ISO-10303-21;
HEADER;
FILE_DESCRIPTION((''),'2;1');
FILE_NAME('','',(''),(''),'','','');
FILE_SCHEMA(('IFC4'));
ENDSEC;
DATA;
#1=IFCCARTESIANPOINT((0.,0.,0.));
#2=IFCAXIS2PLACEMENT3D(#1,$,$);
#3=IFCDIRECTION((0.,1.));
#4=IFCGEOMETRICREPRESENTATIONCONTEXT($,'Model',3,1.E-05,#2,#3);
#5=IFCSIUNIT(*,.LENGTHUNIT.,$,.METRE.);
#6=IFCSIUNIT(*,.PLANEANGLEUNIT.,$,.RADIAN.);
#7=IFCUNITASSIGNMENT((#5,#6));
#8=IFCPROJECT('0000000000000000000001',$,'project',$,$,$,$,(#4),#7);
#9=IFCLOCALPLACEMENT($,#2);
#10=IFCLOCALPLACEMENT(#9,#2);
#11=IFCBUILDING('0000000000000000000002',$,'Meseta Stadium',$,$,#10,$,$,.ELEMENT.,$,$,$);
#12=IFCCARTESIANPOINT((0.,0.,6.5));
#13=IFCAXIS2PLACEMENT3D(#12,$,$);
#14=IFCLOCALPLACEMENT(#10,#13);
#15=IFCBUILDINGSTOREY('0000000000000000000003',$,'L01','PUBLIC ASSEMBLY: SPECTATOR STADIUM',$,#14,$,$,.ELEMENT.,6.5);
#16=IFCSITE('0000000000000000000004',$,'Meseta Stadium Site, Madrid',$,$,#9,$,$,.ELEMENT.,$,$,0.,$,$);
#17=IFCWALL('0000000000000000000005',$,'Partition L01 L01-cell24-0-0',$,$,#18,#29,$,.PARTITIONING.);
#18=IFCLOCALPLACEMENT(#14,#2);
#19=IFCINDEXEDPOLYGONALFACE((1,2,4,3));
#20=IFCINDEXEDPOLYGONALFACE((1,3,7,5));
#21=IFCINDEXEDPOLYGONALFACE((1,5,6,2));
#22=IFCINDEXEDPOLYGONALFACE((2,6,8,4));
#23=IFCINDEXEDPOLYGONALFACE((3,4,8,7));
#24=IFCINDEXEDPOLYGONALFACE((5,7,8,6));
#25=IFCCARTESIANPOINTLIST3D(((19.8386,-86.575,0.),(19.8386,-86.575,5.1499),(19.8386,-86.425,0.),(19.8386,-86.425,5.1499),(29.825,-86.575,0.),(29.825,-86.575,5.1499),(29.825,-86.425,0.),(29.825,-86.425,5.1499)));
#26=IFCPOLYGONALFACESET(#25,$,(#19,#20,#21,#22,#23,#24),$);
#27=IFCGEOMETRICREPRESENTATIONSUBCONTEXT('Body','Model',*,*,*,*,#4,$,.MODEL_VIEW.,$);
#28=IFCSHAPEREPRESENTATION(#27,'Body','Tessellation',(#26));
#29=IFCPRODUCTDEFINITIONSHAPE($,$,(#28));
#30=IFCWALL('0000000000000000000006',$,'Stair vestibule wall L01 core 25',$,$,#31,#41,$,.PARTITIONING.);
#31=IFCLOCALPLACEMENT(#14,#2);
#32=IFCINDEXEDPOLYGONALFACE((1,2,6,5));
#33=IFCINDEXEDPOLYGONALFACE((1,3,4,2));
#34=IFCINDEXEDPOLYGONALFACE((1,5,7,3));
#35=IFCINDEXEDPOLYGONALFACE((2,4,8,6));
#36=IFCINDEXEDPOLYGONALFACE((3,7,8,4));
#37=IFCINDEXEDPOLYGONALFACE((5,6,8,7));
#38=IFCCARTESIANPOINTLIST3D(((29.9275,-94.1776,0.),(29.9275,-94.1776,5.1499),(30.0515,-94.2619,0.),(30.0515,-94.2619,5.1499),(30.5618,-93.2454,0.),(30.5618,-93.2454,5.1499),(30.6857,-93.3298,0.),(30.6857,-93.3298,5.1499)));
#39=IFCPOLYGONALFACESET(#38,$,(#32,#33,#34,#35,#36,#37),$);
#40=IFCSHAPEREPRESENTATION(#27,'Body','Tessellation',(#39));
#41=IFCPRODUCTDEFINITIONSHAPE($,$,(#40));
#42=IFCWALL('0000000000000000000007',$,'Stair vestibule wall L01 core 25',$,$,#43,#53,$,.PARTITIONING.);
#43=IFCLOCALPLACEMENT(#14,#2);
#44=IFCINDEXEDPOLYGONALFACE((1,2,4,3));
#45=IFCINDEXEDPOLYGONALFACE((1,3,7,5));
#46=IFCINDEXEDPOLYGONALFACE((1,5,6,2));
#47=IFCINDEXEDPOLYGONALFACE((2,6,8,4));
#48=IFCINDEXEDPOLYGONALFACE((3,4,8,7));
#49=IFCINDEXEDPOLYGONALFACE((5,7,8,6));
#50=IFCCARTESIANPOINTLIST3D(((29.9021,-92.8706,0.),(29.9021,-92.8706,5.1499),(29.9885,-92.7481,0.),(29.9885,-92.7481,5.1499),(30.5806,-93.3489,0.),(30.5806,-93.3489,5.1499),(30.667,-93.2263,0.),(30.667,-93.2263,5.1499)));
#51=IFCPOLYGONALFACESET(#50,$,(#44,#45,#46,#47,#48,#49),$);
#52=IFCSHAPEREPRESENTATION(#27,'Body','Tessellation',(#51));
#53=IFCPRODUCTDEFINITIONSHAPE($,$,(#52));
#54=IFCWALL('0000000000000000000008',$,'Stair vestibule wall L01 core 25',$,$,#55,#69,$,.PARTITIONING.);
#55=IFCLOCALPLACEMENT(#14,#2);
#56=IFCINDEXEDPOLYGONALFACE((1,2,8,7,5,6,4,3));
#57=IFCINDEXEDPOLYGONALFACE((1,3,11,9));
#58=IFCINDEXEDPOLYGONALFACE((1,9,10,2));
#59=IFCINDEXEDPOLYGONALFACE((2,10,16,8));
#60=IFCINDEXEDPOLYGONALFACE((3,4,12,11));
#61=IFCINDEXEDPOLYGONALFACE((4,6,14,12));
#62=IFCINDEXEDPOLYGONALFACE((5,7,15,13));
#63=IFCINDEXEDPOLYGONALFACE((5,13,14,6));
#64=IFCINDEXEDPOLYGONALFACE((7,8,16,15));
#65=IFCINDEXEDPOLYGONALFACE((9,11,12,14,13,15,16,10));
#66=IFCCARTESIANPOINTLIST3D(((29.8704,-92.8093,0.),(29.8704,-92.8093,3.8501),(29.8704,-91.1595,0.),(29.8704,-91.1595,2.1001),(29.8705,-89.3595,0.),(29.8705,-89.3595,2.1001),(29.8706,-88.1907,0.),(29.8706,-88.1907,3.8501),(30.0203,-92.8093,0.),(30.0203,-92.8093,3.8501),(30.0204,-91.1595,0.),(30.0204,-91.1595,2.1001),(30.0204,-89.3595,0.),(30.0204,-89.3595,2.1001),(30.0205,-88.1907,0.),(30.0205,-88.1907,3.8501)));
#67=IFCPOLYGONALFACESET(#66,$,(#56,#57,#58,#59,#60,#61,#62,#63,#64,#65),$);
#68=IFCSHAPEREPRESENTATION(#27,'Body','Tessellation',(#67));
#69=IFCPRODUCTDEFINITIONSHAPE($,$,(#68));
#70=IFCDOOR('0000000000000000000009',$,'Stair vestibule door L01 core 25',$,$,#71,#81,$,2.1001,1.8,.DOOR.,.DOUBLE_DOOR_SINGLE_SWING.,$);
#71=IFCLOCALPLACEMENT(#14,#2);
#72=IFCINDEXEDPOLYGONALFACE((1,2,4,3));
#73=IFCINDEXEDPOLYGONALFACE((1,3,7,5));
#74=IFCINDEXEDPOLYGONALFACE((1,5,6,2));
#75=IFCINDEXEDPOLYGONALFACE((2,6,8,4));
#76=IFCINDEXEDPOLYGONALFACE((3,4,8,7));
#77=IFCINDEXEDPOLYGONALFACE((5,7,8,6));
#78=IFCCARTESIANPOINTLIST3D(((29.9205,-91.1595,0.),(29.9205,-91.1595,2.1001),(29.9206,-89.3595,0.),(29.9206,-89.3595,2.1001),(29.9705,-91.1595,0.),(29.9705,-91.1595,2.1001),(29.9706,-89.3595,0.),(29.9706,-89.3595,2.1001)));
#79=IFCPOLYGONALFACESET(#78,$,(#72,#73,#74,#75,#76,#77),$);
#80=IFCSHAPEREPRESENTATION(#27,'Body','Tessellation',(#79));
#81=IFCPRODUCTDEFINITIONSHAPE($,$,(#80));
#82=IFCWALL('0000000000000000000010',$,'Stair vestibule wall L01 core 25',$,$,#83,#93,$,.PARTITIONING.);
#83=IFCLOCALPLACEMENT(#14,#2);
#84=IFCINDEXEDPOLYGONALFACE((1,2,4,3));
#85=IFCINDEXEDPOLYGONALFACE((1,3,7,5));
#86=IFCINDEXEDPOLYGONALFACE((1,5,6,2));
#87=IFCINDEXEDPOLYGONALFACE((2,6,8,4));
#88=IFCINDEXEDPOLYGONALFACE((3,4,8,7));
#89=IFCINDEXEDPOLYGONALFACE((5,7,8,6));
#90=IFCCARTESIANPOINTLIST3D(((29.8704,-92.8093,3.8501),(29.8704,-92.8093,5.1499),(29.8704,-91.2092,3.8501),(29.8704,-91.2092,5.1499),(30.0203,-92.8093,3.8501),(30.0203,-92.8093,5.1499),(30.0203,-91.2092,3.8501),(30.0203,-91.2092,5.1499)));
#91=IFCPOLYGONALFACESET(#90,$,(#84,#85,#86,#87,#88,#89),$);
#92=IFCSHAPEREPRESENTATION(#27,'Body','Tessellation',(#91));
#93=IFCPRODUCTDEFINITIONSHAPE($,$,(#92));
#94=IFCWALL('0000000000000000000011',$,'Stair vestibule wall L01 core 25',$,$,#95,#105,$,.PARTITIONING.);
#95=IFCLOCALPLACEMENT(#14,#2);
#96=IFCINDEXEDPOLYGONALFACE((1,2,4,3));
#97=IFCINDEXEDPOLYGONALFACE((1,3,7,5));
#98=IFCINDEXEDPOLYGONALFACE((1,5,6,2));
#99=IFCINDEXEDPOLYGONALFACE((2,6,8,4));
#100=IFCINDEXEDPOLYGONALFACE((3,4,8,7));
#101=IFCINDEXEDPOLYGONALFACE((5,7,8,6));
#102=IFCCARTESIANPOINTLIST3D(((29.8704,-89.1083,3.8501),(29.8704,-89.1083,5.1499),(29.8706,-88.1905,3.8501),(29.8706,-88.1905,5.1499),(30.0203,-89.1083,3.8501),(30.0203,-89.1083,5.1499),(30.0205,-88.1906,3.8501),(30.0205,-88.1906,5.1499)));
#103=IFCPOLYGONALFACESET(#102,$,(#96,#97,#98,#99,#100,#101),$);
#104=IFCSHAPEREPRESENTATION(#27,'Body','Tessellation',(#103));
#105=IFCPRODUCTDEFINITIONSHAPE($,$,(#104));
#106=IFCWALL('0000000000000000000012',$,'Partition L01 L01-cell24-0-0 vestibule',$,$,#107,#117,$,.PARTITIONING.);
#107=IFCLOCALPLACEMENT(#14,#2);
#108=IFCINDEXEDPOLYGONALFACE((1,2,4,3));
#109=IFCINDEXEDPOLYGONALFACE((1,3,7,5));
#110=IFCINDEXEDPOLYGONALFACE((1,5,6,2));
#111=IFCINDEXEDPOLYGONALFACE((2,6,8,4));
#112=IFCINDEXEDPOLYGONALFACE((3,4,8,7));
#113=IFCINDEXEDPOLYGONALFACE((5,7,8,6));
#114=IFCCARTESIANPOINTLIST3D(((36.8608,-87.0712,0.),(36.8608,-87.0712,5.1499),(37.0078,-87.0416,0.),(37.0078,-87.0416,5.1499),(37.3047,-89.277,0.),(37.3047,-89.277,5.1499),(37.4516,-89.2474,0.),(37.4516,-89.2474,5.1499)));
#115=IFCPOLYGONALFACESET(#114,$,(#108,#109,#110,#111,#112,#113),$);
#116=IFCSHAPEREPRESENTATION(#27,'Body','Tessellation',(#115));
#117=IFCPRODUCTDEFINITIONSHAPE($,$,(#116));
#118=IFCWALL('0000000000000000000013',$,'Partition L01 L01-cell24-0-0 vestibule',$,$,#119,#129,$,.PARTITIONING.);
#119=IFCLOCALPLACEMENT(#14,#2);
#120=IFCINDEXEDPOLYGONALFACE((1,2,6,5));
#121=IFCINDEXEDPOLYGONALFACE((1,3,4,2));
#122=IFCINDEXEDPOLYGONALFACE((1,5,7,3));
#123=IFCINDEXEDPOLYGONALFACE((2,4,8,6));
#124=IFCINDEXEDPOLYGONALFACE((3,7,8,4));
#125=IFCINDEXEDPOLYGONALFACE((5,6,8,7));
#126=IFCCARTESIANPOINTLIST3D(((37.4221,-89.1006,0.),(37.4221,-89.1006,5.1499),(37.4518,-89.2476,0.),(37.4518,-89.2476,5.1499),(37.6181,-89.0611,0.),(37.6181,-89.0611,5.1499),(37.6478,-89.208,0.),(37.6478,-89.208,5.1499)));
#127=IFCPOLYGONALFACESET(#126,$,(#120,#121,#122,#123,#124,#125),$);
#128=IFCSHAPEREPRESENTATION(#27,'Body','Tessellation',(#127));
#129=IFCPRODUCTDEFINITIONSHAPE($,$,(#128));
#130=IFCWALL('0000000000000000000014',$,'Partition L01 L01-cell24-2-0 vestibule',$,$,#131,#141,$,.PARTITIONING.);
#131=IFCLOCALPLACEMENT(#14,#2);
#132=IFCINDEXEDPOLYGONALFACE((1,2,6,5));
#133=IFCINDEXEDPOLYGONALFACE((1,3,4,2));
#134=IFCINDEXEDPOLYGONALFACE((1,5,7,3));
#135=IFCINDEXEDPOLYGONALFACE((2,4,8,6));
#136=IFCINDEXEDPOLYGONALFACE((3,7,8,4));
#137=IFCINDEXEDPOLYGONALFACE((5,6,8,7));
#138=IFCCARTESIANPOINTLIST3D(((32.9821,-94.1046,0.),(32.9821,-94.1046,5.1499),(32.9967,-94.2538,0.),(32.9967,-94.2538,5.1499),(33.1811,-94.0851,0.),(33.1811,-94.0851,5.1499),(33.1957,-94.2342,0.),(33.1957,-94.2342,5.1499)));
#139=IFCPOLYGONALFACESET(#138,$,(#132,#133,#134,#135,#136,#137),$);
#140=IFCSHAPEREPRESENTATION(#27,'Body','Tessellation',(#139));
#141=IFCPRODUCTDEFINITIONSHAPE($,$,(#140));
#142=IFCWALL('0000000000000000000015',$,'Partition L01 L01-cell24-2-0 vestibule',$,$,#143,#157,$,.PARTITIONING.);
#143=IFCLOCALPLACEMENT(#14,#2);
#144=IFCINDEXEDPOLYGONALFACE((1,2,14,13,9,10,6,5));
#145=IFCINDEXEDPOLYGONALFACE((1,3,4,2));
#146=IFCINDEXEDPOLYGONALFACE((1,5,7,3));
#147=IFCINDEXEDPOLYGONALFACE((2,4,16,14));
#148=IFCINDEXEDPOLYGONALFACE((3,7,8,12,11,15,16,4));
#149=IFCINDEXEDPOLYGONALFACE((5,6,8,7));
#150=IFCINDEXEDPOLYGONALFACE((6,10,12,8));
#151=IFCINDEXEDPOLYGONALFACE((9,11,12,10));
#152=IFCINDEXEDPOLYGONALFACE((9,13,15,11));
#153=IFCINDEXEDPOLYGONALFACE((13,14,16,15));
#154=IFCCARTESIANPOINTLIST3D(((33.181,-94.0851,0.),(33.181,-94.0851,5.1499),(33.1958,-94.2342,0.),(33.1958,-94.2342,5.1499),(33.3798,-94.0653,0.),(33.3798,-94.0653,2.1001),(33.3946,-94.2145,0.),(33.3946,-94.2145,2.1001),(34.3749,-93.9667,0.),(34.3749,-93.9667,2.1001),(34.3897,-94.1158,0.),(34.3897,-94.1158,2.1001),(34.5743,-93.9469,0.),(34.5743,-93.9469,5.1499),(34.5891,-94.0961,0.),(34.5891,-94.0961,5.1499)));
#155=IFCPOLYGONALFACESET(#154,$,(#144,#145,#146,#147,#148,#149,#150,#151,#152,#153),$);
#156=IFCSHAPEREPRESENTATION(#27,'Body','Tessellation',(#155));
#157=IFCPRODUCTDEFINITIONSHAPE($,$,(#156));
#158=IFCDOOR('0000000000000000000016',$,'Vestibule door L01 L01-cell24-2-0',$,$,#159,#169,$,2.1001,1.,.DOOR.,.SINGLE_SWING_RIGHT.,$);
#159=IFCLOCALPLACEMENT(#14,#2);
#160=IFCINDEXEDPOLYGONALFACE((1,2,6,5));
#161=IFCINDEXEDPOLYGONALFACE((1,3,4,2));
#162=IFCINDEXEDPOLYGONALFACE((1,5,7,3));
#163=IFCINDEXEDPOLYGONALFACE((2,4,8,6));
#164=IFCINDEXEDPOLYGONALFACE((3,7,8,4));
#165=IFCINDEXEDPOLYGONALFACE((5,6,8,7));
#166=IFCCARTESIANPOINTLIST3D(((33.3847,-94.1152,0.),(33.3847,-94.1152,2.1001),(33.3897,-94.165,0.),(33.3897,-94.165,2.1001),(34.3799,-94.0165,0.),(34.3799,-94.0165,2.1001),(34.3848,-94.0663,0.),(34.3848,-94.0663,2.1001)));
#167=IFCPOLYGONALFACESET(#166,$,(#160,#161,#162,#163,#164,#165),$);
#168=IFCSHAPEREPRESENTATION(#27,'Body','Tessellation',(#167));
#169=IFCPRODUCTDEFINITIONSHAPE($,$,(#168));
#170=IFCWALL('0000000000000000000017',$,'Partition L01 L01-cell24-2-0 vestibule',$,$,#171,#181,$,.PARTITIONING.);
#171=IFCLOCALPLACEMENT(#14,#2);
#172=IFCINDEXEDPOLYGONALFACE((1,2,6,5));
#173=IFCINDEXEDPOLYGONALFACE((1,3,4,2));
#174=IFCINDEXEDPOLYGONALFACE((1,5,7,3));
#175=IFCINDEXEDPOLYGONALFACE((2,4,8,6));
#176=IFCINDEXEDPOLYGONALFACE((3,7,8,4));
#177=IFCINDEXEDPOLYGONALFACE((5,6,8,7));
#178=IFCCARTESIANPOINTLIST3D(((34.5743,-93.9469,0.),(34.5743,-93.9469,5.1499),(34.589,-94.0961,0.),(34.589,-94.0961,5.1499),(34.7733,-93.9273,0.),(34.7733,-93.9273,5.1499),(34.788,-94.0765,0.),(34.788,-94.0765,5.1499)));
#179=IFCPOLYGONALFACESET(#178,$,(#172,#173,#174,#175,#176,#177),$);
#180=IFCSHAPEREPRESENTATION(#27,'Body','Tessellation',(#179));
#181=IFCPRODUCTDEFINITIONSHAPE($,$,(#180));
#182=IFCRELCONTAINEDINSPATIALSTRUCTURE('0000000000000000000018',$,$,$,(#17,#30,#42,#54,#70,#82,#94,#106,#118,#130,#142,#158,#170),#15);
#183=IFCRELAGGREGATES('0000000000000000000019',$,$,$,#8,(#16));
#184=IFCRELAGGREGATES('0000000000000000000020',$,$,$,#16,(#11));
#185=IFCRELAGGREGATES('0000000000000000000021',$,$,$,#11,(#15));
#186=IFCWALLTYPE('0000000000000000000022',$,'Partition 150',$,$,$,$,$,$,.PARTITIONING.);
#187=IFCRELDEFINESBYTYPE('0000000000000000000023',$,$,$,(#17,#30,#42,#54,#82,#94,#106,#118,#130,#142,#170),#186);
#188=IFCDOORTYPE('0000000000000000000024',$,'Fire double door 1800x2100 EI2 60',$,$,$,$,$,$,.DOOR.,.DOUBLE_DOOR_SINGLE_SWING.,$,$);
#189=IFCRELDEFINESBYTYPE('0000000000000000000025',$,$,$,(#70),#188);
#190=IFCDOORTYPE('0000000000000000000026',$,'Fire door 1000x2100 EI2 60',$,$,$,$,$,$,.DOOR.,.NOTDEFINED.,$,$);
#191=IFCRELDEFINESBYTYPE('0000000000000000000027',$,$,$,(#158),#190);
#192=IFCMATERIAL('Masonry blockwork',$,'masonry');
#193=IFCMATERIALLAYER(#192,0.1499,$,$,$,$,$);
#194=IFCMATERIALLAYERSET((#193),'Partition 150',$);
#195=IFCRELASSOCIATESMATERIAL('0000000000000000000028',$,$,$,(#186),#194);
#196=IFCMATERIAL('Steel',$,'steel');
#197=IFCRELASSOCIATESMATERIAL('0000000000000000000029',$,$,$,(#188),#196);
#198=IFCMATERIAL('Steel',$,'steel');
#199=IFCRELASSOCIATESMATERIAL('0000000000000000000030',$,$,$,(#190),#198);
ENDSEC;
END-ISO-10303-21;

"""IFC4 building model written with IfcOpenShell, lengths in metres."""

from ifc_helpers import new_model, si_unit, direction, frame, frame_2d, origin, place, context, subcontext, project, spatial, rectangle, extrude, material, layer, layer_set, type_object, element, fill, save


model = new_model("IFC4")

# Units and contexts
model_context = context("Model", 3, precision=1e-05, world=origin(), true_north=direction((0.0, 1.0)))
body_context = subcontext(model_context, "Body", "Model", "MODEL_VIEW")
ifc_project = project(units=[si_unit("LENGTHUNIT", "METRE"), si_unit("PLANEANGLEUNIT", "RADIAN")], contexts=[model_context])

# Site, building, storey
site_placement = place(None, origin())
site = spatial("IfcSite", under=ifc_project, at=site_placement, Name="Meseta Stadium Site, Madrid", CompositionType="ELEMENT", RefElevation=0.0)
building_placement = place(site_placement, origin())
building = spatial("IfcBuilding", under=site, at=building_placement, Name="Meseta Stadium", CompositionType="ELEMENT")
storey_placement = place(building_placement, frame((0.0, 0.0, 6.5)))
storey = spatial("IfcBuildingStorey", under=building, at=storey_placement, Name="L01", Description="PUBLIC ASSEMBLY: SPECTATOR STADIUM", CompositionType="ELEMENT", Elevation=6.5)

# Walls
ifc_material_1 = material(Name="Masonry blockwork", Category="masonry")
ifc_layer_1 = layer(ifc_material_1, 0.1499)
ifc_layer_set_1 = layer_set([ifc_layer_1], Name="Partition 150")
wall_type_1 = type_object("IfcWallType", Name="Partition 150", PredefinedType="PARTITIONING", material=ifc_layer_set_1)
wall_1_placement = place(storey_placement, frame((29.825, -86.5, 0.0), z_axis=(0.0, 0.0, 1.0), x_axis=(-1.0, 0.0, 0.0)))
element("IfcWall", 1, at=wall_1_placement, inside=storey, type_object=wall_type_1, Name="Partition L01 L01-cell24-0-0", PredefinedType="PARTITIONING", context=body_context, shape_type="SweptSolid", body=[
    extrude(rectangle(XDim=9.9863, YDim=0.1499, at=frame_2d((4.9932, 0.0))), origin(), (0.0, 0.0, 1.0), 5.1499),
])
wall_2_placement = place(storey_placement, frame((29.9895, -94.2197, 0.0), z_axis=(0.0, 0.0, 1.0), x_axis=(0.562571, 0.826749, 0.0)))
element("IfcWall", 2, at=wall_2_placement, inside=storey, type_object=wall_type_1, Name="Stair vestibule wall L01 core 25", PredefinedType="PARTITIONING", context=body_context, shape_type="SweptSolid", body=[
    extrude(rectangle(XDim=1.1274, YDim=0.1499, at=frame_2d((0.5637, 0.0))), origin(), (0.0, 0.0, 1.0), 5.1499),
])
wall_3_placement = place(storey_placement, frame((30.6238, -93.2876, 0.0), z_axis=(0.0, 0.0, 1.0), x_axis=(-0.817334, 0.576163, 0.0)))
element("IfcWall", 3, at=wall_3_placement, inside=storey, type_object=wall_type_1, Name="Stair vestibule wall L01 core 25", PredefinedType="PARTITIONING", context=body_context, shape_type="SweptSolid", body=[
    extrude(rectangle(XDim=0.8301, YDim=0.1499, at=frame_2d((0.415, 0.0))), origin(), (0.0, 0.0, 1.0), 5.1499),
])

# Wall, opening, door
wall_4_placement = place(storey_placement, frame((29.9453, -92.8093, 0.0), z_axis=(0.0, 0.0, 1.0), x_axis=(0.000053, 1.0, 0.0)))
wall_4 = element("IfcWall", 4, at=wall_4_placement, inside=storey, type_object=wall_type_1, Name="Stair vestibule wall L01 core 25", PredefinedType="PARTITIONING", context=body_context, shape_type="SweptSolid", body=[
    extrude(rectangle(XDim=4.6187, YDim=0.1499, at=frame_2d((2.3093, 0.0))), origin(), (0.0, 0.0, 1.0), 3.8501),
])
opening_1_placement = place(wall_4_placement, frame((1.6499, 0.0, 0.0)))
opening_1 = element("IfcOpeningElement", 5, at=opening_1_placement, cuts=wall_4, PredefinedType="OPENING", context=body_context, shape_type="SweptSolid", body=[
    extrude(rectangle(XDim=1.8, YDim=2.1001, at=frame_2d((0.8999, 1.05))), frame((0.0, 0.085, 0.0), z_axis=(0.0, -1.0, 0.0), x_axis=(1.0, 0.0, 0.0)), (0.0, 0.0, 1.0), 0.1699),
])
ifc_material_2 = material(Name="Steel", Category="steel")
door_type_1 = type_object("IfcDoorType", Name="Fire double door 1800x2100 EI2 60", OperationType="DOUBLE_DOOR_SINGLE_SWING", PredefinedType="DOOR", material=ifc_material_2)
door_1_placement = place(opening_1_placement, origin())
door_1 = element("IfcDoor", 6, at=door_1_placement, inside=storey, type_object=door_type_1, Name="Stair vestibule door L01 core 25", OperationType="DOUBLE_DOOR_SINGLE_SWING", OverallHeight=2.1001, OverallWidth=1.8, PredefinedType="DOOR", context=body_context, shape_type="SweptSolid", body=[
    extrude(rectangle(XDim=1.8, YDim=2.1001, at=frame_2d((0.8999, 1.05))), frame((0.0, 0.0249, 0.0), z_axis=(0.0, -1.0, 0.0), x_axis=(1.0, 0.0, 0.0)), (0.0, 0.0, 1.0), 0.05),
])
fill(opening_1, door_1)

# Walls
wall_5_placement = place(storey_placement, frame((29.9453, -92.8093, 3.8501), z_axis=(0.0, 0.0, 1.0), x_axis=(0.0, 1.0, 0.0)))
element("IfcWall", 7, at=wall_5_placement, inside=storey, type_object=wall_type_1, Name="Stair vestibule wall L01 core 25", PredefinedType="PARTITIONING", context=body_context, shape_type="SweptSolid", body=[
    extrude(rectangle(XDim=1.6001, YDim=0.1499, at=frame_2d((0.8, 0.0))), origin(), (0.0, 0.0, 1.0), 1.2998),
])
wall_6_placement = place(storey_placement, frame((29.9453, -89.1084, 3.8501), z_axis=(0.0, 0.0, 1.0), x_axis=(0.000266, 1.0, 0.0)))
element("IfcWall", 8, at=wall_6_placement, inside=storey, type_object=wall_type_1, Name="Stair vestibule wall L01 core 25", PredefinedType="PARTITIONING", context=body_context, shape_type="SweptSolid", body=[
    extrude(rectangle(XDim=0.9177, YDim=0.1499, at=frame_2d((0.459, 0.0))), origin(), (0.0, 0.0, 1.0), 1.2998),
])
wall_7_placement = place(storey_placement, frame((36.9343, -87.0564, 0.0), z_axis=(0.0, 0.0, 1.0), x_axis=(0.197264, -0.98035, 0.0)))
element("IfcWall", 9, at=wall_7_placement, inside=storey, type_object=wall_type_1, Name="Partition L01 L01-cell24-0-0 vestibule", PredefinedType="PARTITIONING", context=body_context, shape_type="SweptSolid", body=[
    extrude(rectangle(XDim=2.25, YDim=0.1499, at=frame_2d((1.125, 0.0))), origin(), (0.0, 0.0, 1.0), 5.1499),
])
for number, where, z_axis, x_axis, name in (
    (10, (37.6331, -89.1345, 0.0), (0.0, 0.0, 1.0), (-0.980251, -0.197759, 0.0), "Partition L01 L01-cell24-0-0 vestibule"),
    (11, (32.9893, -94.1792, 0.0), (0.0, 0.0, 1.0), (0.995217, 0.09769, 0.0), "Partition L01 L01-cell24-2-0 vestibule"),
):
    element("IfcWall", number, at=place(storey_placement, frame(where, z_axis=z_axis, x_axis=x_axis)), inside=storey, type_object=wall_type_1, Name=name, PredefinedType="PARTITIONING", context=body_context, shape_type="SweptSolid", body=[
        extrude(rectangle(XDim=0.2, YDim=0.1499, at=frame_2d((0.1001, 0.0))), origin(), (0.0, 0.0, 1.0), 5.1499),
    ])

# Wall, opening, door
wall_8_placement = place(storey_placement, frame((33.1882, -94.1597, 0.0), z_axis=(0.0, 0.0, 1.0), x_axis=(0.995118, 0.098692, 0.0)))
wall_8 = element("IfcWall", 12, at=wall_8_placement, inside=storey, type_object=wall_type_1, Name="Partition L01 L01-cell24-2-0 vestibule", PredefinedType="PARTITIONING", context=body_context, shape_type="SweptSolid", body=[
    extrude(rectangle(XDim=1.4001, YDim=0.1499, at=frame_2d((0.7002, 0.0))), origin(), (0.0, 0.0, 1.0), 5.1499),
])
opening_2_placement = place(wall_8_placement, frame((0.2, 0.0, 0.0)))
opening_2 = element("IfcOpeningElement", 13, at=opening_2_placement, cuts=wall_8, PredefinedType="OPENING", context=body_context, shape_type="SweptSolid", body=[
    extrude(rectangle(XDim=1.0, YDim=2.1001, at=frame_2d((0.5, 1.05))), frame((0.0, 0.085, 0.0), z_axis=(0.0, -1.0, 0.0), x_axis=(1.0, 0.0, 0.0)), (0.0, 0.0, 1.0), 0.1699),
])
ifc_material_3 = material(Name="Steel", Category="steel")
door_type_2 = type_object("IfcDoorType", Name="Fire door 1000x2100 EI2 60", OperationType="NOTDEFINED", PredefinedType="DOOR", material=ifc_material_3)
door_2_placement = place(opening_2_placement, origin())
door_2 = element("IfcDoor", 14, at=door_2_placement, inside=storey, type_object=door_type_2, Name="Vestibule door L01 L01-cell24-2-0", OperationType="SINGLE_SWING_RIGHT", OverallHeight=2.1001, OverallWidth=1.0, PredefinedType="DOOR", context=body_context, shape_type="SweptSolid", body=[
    extrude(rectangle(XDim=1.0, YDim=2.1001, at=frame_2d((0.5, 1.05))), frame((0.0, 0.0249, 0.0), z_axis=(0.0, -1.0, 0.0), x_axis=(1.0, 0.0, 0.0)), (0.0, 0.0, 1.0), 0.05),
])
fill(opening_2, door_2)

# Wall
wall_9_placement = place(storey_placement, frame((34.5815, -94.0215, 0.0), z_axis=(0.0, 0.0, 1.0), x_axis=(0.995217, 0.09769, 0.0)))
element("IfcWall", 15, at=wall_9_placement, inside=storey, type_object=wall_type_1, Name="Partition L01 L01-cell24-2-0 vestibule", PredefinedType="PARTITIONING", context=body_context, shape_type="SweptSolid", body=[
    extrude(rectangle(XDim=0.2, YDim=0.1499, at=frame_2d((0.1001, 0.0))), origin(), (0.0, 0.0, 1.0), 5.1499),
])

save(model, "model.ifc")
